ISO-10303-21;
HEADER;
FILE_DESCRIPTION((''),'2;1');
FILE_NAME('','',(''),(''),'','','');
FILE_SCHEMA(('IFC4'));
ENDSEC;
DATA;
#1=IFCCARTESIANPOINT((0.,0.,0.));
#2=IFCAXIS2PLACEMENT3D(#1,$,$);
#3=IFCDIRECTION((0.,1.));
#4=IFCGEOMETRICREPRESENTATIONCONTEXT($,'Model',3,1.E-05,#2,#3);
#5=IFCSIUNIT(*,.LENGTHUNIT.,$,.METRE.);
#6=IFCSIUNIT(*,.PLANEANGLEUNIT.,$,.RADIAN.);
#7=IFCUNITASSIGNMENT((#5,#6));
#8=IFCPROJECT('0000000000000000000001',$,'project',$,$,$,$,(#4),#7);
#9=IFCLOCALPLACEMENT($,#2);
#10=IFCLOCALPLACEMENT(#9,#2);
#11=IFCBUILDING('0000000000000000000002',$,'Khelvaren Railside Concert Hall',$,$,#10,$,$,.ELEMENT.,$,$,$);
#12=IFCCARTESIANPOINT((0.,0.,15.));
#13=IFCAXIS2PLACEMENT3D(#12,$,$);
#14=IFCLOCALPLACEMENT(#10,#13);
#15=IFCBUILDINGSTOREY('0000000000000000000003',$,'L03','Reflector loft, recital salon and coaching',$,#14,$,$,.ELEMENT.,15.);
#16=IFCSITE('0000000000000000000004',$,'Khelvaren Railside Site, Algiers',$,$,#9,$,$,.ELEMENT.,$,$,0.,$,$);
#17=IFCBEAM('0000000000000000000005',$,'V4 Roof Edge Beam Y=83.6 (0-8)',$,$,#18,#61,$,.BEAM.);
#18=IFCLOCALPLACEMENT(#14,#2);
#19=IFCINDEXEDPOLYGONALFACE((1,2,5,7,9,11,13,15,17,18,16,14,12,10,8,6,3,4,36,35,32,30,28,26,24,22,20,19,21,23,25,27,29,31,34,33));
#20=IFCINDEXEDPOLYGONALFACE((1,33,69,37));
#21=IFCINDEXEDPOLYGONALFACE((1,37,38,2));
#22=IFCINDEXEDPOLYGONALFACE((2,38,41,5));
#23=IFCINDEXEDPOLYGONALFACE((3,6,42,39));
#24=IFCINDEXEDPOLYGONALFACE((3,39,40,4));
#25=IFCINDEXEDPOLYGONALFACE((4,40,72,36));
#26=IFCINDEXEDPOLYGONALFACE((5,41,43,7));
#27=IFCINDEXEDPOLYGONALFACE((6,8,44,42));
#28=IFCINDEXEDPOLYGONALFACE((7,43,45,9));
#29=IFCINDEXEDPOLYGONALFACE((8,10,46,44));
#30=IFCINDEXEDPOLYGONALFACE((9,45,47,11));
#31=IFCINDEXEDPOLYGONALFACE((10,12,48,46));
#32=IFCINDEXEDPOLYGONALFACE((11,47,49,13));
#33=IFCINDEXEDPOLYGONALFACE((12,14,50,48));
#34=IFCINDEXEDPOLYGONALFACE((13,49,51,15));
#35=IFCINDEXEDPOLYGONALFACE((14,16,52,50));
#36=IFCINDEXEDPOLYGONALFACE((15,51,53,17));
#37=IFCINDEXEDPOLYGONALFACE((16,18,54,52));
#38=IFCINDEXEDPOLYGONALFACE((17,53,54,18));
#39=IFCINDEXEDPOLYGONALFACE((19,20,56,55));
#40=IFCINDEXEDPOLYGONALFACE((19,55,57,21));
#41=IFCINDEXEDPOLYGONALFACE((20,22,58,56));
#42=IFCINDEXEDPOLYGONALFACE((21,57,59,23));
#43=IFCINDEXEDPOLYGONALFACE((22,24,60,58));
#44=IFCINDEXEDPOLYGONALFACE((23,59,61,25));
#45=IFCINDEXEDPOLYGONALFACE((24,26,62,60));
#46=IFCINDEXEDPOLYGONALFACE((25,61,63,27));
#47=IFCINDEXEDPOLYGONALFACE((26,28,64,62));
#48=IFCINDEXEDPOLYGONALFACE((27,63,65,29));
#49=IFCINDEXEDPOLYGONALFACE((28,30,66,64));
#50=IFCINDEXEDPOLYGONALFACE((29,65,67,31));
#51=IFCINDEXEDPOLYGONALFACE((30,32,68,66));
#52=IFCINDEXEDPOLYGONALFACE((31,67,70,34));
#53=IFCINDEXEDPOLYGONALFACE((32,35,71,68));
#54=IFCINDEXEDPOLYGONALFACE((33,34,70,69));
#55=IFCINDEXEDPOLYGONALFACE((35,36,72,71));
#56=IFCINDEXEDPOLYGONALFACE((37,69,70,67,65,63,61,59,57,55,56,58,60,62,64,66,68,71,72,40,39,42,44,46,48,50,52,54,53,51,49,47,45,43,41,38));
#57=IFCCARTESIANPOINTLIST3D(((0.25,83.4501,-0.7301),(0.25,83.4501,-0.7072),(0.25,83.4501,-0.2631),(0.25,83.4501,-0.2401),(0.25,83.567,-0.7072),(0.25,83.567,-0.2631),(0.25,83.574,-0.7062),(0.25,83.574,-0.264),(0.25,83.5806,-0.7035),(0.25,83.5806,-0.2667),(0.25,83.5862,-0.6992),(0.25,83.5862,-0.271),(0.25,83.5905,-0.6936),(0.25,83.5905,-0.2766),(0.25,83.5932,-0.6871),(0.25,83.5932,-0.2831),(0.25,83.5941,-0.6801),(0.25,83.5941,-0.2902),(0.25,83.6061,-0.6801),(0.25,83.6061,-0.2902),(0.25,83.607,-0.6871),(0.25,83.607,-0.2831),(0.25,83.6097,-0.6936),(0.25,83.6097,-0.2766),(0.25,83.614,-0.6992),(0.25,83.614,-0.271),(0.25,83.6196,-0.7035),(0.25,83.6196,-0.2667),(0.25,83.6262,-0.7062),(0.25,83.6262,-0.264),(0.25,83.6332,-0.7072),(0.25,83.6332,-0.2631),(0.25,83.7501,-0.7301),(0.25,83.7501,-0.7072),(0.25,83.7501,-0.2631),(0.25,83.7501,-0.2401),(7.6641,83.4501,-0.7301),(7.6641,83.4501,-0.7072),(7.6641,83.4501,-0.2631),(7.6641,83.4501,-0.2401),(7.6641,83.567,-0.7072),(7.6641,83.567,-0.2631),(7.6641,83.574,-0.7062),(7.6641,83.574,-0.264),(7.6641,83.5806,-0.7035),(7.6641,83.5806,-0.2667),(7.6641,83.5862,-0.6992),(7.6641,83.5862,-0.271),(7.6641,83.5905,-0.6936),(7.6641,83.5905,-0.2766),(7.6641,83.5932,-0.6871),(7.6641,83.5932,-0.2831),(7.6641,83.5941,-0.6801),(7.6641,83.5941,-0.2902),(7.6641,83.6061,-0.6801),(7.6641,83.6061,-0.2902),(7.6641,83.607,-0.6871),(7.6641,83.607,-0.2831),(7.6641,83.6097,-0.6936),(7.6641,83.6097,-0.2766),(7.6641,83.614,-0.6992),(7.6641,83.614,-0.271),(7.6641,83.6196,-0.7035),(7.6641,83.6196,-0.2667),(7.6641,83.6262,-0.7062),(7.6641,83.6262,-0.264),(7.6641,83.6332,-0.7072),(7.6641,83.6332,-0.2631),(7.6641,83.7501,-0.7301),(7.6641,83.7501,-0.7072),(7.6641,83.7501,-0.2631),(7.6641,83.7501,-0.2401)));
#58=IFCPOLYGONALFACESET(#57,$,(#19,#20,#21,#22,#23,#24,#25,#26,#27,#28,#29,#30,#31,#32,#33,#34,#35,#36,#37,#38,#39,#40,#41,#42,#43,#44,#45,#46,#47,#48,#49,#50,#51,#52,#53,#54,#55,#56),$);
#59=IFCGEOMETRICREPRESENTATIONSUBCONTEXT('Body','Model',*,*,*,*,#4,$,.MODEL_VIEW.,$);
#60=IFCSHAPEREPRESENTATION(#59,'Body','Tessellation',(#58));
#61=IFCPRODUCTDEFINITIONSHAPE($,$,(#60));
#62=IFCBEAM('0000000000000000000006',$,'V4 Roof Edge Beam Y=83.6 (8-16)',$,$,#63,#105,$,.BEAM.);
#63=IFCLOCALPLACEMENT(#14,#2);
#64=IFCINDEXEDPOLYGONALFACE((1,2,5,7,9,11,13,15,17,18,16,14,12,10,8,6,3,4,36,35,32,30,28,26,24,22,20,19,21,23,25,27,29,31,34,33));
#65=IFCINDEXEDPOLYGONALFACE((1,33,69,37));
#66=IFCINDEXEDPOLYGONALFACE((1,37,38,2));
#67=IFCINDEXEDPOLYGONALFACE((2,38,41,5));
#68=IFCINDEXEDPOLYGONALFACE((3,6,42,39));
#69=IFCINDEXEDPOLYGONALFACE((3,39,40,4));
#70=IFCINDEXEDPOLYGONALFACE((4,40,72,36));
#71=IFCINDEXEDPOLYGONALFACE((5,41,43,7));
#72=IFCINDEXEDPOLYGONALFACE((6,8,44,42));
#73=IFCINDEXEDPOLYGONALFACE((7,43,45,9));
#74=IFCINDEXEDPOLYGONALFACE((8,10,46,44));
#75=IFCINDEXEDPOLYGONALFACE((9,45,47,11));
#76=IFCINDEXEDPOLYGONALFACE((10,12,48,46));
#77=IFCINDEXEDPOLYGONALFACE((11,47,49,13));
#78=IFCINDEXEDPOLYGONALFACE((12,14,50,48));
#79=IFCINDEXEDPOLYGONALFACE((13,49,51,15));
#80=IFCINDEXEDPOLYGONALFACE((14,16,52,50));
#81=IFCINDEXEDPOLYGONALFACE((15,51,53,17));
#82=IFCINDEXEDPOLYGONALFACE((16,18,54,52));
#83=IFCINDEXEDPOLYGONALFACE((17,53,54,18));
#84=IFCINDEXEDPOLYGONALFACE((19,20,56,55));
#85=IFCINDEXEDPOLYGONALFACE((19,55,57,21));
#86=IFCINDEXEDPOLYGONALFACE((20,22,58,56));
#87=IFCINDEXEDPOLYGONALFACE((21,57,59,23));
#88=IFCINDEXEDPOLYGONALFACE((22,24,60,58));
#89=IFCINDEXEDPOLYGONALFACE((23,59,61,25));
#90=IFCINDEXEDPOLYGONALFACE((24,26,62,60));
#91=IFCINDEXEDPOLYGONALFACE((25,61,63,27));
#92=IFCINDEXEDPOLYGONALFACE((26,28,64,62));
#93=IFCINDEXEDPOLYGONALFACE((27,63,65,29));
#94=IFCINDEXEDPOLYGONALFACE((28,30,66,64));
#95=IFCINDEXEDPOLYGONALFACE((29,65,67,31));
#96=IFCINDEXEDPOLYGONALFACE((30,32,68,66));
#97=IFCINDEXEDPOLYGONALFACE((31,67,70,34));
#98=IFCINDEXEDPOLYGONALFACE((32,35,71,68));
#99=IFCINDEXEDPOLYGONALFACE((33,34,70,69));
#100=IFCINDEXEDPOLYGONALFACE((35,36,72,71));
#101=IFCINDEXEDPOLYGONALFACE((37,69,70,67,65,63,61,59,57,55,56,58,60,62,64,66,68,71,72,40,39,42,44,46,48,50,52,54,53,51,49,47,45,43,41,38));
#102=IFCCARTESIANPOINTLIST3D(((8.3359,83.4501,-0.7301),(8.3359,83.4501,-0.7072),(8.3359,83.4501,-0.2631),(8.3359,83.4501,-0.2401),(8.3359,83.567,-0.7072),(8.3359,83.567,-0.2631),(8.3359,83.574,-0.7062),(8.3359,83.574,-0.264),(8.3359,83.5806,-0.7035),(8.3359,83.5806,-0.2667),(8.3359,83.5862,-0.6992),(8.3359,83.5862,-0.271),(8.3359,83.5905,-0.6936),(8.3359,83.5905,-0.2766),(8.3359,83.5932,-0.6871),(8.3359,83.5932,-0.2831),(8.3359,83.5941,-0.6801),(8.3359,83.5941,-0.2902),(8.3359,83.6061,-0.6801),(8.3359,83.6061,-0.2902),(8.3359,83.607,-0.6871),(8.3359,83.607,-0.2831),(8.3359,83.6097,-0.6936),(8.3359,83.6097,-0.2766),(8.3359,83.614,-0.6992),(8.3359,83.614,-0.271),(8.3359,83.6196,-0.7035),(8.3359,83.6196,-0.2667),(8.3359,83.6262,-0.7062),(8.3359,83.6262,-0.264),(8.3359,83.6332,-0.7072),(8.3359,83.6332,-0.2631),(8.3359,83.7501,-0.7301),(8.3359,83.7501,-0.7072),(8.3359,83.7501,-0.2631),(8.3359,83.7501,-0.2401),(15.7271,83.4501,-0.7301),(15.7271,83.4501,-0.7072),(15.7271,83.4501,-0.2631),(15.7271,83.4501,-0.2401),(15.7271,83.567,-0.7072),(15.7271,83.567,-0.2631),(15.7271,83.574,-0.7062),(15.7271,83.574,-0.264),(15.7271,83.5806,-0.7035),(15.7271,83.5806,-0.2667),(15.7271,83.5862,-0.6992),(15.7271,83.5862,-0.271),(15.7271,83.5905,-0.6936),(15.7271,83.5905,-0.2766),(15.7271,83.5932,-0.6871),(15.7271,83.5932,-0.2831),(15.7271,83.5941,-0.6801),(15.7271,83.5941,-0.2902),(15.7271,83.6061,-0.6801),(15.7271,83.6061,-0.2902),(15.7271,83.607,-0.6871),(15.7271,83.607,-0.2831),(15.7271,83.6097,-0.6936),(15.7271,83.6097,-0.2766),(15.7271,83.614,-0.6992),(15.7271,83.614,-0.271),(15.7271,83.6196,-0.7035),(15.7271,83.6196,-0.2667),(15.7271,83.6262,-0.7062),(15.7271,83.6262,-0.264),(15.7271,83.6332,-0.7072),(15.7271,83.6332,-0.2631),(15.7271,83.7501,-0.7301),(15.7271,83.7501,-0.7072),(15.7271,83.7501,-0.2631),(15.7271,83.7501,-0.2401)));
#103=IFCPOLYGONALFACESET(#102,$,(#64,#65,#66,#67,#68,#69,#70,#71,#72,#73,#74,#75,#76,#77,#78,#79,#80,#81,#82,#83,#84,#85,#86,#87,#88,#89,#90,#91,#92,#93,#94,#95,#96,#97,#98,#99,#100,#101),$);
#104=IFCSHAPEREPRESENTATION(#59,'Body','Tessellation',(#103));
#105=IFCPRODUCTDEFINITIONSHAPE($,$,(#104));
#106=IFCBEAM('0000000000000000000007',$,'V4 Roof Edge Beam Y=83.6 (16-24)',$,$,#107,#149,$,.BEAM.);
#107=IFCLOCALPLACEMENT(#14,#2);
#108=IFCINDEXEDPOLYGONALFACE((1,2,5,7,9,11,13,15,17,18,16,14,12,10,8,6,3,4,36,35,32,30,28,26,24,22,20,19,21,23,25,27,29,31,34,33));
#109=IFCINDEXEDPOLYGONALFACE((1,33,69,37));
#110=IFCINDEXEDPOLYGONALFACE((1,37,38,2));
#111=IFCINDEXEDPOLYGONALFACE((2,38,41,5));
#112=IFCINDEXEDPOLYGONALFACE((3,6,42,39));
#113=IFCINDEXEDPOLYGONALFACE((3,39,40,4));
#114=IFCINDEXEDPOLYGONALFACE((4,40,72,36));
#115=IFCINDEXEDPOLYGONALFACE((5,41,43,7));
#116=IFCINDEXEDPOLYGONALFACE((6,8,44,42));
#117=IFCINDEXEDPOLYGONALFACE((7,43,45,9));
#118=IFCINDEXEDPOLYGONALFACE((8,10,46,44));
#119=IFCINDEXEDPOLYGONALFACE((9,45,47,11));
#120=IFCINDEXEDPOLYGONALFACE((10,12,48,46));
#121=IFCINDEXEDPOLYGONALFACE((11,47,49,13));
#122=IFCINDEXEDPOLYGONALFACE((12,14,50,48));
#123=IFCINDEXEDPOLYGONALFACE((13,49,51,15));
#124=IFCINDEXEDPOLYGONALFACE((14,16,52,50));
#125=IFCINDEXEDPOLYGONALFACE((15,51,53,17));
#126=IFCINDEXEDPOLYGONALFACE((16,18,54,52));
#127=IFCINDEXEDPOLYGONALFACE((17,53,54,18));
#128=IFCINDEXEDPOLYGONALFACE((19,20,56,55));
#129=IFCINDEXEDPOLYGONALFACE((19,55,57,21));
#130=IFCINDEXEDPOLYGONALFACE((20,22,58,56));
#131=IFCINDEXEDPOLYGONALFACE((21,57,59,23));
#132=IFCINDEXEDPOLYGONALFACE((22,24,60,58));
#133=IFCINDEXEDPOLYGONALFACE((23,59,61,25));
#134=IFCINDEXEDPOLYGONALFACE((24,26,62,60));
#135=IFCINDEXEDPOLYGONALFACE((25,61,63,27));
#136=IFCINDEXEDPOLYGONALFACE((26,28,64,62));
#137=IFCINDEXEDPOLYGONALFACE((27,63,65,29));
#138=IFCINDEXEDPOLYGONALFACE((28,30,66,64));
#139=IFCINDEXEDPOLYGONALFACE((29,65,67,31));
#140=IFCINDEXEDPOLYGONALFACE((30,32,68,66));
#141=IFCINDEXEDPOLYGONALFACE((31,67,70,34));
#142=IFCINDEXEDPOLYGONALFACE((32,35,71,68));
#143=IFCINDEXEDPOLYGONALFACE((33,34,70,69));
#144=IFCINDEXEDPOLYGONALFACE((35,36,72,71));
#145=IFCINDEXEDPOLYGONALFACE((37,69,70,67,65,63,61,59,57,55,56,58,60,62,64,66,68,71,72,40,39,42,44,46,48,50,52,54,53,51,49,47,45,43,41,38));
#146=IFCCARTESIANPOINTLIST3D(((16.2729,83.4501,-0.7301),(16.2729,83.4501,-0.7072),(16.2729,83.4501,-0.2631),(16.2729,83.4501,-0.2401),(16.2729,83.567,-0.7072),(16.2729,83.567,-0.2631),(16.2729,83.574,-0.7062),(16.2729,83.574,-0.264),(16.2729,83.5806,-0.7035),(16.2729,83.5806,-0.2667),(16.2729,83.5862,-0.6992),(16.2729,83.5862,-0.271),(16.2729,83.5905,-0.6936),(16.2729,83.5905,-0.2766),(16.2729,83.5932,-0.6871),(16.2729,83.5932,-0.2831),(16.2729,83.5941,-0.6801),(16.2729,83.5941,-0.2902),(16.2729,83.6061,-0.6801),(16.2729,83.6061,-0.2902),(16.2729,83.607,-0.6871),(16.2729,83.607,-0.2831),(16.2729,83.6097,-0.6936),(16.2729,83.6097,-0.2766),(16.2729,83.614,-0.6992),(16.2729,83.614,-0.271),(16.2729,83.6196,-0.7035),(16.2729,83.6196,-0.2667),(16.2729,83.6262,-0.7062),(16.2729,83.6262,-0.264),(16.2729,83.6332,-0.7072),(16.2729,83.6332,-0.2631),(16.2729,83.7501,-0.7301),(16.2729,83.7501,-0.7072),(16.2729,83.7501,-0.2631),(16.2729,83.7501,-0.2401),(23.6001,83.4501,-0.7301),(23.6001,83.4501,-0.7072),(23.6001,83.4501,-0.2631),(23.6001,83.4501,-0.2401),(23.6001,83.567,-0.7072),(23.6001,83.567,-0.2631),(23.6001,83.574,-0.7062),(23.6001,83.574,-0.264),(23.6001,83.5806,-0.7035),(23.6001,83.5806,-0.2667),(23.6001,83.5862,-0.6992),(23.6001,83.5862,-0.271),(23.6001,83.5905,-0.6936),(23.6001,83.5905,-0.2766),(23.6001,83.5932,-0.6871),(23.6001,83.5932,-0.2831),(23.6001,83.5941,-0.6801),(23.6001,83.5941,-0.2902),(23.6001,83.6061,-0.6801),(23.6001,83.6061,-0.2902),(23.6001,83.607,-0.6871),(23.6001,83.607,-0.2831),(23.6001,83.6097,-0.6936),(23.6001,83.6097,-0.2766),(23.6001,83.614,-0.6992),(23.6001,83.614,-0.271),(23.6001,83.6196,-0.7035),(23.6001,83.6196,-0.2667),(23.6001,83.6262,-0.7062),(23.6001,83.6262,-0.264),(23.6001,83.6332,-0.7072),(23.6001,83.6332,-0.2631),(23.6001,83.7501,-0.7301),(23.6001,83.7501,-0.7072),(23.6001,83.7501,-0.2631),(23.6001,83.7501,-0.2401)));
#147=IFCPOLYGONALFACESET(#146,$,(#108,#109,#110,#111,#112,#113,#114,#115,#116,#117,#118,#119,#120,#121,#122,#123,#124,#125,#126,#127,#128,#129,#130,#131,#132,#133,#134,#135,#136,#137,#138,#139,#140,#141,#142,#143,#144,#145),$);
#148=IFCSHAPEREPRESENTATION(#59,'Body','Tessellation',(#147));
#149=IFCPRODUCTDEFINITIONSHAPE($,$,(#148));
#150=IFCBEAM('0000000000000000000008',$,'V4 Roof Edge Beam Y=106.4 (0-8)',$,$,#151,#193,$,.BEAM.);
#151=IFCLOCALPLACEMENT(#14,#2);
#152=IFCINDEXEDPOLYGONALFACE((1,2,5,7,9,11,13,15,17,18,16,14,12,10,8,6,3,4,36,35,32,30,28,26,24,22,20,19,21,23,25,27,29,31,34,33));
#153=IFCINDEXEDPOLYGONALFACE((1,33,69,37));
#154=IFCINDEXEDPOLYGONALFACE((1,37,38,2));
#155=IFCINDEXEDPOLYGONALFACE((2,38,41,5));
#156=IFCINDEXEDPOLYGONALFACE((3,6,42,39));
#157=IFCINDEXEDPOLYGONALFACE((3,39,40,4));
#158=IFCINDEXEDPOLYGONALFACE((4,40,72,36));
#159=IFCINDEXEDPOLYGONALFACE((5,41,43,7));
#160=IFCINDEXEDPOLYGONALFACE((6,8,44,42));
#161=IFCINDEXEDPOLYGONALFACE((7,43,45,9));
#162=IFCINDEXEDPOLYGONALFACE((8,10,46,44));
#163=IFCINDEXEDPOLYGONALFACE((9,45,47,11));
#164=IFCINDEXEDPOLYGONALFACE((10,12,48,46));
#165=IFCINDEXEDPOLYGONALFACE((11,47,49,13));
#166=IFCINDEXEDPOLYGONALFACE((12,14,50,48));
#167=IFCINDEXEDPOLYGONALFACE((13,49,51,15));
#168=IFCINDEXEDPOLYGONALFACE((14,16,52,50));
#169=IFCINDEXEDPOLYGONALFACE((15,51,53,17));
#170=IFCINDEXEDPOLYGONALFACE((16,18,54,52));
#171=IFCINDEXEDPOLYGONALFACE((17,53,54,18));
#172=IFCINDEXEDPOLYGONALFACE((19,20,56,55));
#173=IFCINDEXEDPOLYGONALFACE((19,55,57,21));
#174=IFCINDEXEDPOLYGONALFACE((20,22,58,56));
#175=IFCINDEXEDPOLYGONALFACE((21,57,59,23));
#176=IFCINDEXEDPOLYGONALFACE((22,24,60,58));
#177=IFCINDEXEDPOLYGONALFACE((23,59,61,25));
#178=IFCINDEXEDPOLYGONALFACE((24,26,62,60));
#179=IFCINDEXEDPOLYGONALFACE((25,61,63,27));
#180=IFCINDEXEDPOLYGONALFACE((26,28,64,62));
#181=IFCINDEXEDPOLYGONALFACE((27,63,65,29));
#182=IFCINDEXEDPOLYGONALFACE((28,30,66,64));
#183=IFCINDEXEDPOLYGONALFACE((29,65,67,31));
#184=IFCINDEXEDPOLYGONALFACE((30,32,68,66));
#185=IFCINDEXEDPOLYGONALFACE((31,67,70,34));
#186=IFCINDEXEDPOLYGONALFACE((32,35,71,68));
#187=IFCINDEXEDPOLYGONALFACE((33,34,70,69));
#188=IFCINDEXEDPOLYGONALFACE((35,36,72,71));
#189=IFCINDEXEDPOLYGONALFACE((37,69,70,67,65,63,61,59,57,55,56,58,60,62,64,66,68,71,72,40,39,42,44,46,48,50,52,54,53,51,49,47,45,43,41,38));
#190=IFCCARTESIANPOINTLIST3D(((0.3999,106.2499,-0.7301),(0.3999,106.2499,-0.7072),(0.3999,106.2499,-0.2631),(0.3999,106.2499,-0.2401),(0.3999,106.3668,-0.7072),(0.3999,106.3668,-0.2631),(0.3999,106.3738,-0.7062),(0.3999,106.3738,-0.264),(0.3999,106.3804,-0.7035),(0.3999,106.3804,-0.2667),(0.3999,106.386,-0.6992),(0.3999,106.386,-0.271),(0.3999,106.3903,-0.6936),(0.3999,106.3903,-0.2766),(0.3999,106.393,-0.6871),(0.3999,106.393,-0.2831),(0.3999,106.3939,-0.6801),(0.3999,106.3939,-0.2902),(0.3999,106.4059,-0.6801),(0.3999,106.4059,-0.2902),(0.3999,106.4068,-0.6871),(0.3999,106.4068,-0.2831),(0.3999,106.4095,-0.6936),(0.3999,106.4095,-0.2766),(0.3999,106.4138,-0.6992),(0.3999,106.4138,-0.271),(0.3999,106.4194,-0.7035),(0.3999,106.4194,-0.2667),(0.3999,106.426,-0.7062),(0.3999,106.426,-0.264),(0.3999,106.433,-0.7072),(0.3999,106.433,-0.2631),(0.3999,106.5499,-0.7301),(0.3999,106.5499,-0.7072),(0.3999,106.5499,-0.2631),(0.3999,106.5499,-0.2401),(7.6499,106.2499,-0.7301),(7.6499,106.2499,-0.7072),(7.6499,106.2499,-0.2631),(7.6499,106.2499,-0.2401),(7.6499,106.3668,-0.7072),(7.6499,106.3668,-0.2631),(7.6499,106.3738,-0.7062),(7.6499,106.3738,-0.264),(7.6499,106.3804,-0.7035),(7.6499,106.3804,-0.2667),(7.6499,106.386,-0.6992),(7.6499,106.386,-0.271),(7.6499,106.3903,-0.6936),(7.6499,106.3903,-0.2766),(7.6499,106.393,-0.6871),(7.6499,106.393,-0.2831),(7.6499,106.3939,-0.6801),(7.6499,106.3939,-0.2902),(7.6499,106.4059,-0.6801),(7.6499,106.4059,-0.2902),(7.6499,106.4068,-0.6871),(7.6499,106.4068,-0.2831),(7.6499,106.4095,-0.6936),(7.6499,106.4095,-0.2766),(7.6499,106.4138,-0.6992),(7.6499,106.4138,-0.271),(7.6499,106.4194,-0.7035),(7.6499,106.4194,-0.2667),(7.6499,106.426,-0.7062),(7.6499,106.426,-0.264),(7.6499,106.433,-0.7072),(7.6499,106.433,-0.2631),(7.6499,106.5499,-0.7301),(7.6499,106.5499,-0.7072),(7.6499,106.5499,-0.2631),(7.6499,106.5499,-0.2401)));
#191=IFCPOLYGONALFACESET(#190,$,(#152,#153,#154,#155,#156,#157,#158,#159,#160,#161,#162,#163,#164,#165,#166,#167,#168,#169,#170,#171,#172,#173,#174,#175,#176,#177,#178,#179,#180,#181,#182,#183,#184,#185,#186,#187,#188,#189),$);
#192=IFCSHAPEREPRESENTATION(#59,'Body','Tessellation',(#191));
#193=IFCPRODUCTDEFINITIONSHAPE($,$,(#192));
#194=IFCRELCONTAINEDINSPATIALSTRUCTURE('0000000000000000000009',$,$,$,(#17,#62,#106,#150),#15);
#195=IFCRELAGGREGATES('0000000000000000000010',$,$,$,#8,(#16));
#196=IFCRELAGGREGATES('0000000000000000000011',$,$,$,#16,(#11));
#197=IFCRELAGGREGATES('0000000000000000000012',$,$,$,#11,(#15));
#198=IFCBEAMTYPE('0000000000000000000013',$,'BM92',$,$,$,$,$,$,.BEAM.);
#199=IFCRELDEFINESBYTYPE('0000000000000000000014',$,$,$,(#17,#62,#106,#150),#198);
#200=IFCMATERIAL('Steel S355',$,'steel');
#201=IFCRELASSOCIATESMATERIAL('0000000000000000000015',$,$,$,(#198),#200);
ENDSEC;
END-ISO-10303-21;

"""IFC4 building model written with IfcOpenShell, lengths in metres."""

from ifc_helpers import new_model, si_unit, direction, frame, origin, origin_2d, place, context, subcontext, project, spatial, i_section, extrude, material, material_profile, profile_set, type_object, element, save


model = new_model("IFC4")

# Units and contexts
model_context = context("Model", 3, precision=1e-05, world=origin(), true_north=direction((0.0, 1.0)))
body_context = subcontext(model_context, "Body", "Model", "MODEL_VIEW")
ifc_project = project(units=[si_unit("LENGTHUNIT", "METRE"), si_unit("PLANEANGLEUNIT", "RADIAN")], contexts=[model_context])

# Site, building, storey
site_placement = place(None, origin())
site = spatial("IfcSite", under=ifc_project, at=site_placement, Name="Khelvaren Railside Site, Algiers", CompositionType="ELEMENT", RefElevation=0.0)
building_placement = place(site_placement, origin())
building = spatial("IfcBuilding", under=site, at=building_placement, Name="Khelvaren Railside Concert Hall", CompositionType="ELEMENT")
storey_placement = place(building_placement, frame((0.0, 0.0, 15.0)))
storey = spatial("IfcBuildingStorey", under=building, at=storey_placement, Name="L03", Description="Reflector loft, recital salon and coaching", CompositionType="ELEMENT", Elevation=15.0)

# Beams
ifc_material_1 = material(Name="Steel S355", Category="steel")
ifc_material_profile_1 = material_profile(ifc_material_1, i_section(OverallWidth=0.3, OverallDepth=0.49, WebThickness=0.012, FlangeThickness=0.0229, FilletRadius=0.0271, at=origin_2d()), Name="HEA 500")
ifc_profile_set_1 = profile_set([ifc_material_profile_1], Name="Steel S355")
beam_type = type_object("IfcBeamType", Name="BM92", PredefinedType="BEAM", material=ifc_profile_set_1)
beam_1_placement = place(storey_placement, frame((0.25, 83.6001, -0.4851), z_axis=(1.0, 0.0, 0.0), x_axis=(0.0, 1.0, 0.0)))
element("IfcBeam", 1, at=beam_1_placement, inside=storey, type_object=beam_type, Name="V4 Roof Edge Beam Y=83.6 (0-8)", PredefinedType="BEAM", context=body_context, shape_type="SweptSolid", body=[
    extrude(i_section(OverallWidth=0.3, OverallDepth=0.49, WebThickness=0.012, FlangeThickness=0.0229, FilletRadius=0.0271, at=origin_2d()), origin(), (0.0, 0.0, 1.0), 7.4141),
])
beam_2_placement = place(storey_placement, frame((8.3359, 83.6001, -0.4851), z_axis=(1.0, 0.0, 0.0), x_axis=(0.0, 1.0, 0.0)))
element("IfcBeam", 2, at=beam_2_placement, inside=storey, type_object=beam_type, Name="V4 Roof Edge Beam Y=83.6 (8-16)", PredefinedType="BEAM", context=body_context, shape_type="SweptSolid", body=[
    extrude(i_section(OverallWidth=0.3, OverallDepth=0.49, WebThickness=0.012, FlangeThickness=0.0229, FilletRadius=0.0271, at=origin_2d()), origin(), (0.0, 0.0, 1.0), 7.3911),
])
beam_3_placement = place(storey_placement, frame((16.2729, 83.6001, -0.4851), z_axis=(1.0, 0.0, 0.0), x_axis=(0.0, 1.0, 0.0)))
element("IfcBeam", 3, at=beam_3_placement, inside=storey, type_object=beam_type, Name="V4 Roof Edge Beam Y=83.6 (16-24)", PredefinedType="BEAM", context=body_context, shape_type="SweptSolid", body=[
    extrude(i_section(OverallWidth=0.3, OverallDepth=0.49, WebThickness=0.012, FlangeThickness=0.0229, FilletRadius=0.0271, at=origin_2d()), origin(), (0.0, 0.0, 1.0), 7.3271),
])
beam_4_placement = place(storey_placement, frame((0.3999, 106.3999, -0.4851), z_axis=(1.0, 0.0, 0.0), x_axis=(0.0, 1.0, 0.0)))
element("IfcBeam", 4, at=beam_4_placement, inside=storey, type_object=beam_type, Name="V4 Roof Edge Beam Y=106.4 (0-8)", PredefinedType="BEAM", context=body_context, shape_type="SweptSolid", body=[
    extrude(i_section(OverallWidth=0.3, OverallDepth=0.49, WebThickness=0.012, FlangeThickness=0.0229, FilletRadius=0.0271, at=origin_2d()), origin(), (0.0, 0.0, 1.0), 7.25),
])

save(model, "model.ifc")
